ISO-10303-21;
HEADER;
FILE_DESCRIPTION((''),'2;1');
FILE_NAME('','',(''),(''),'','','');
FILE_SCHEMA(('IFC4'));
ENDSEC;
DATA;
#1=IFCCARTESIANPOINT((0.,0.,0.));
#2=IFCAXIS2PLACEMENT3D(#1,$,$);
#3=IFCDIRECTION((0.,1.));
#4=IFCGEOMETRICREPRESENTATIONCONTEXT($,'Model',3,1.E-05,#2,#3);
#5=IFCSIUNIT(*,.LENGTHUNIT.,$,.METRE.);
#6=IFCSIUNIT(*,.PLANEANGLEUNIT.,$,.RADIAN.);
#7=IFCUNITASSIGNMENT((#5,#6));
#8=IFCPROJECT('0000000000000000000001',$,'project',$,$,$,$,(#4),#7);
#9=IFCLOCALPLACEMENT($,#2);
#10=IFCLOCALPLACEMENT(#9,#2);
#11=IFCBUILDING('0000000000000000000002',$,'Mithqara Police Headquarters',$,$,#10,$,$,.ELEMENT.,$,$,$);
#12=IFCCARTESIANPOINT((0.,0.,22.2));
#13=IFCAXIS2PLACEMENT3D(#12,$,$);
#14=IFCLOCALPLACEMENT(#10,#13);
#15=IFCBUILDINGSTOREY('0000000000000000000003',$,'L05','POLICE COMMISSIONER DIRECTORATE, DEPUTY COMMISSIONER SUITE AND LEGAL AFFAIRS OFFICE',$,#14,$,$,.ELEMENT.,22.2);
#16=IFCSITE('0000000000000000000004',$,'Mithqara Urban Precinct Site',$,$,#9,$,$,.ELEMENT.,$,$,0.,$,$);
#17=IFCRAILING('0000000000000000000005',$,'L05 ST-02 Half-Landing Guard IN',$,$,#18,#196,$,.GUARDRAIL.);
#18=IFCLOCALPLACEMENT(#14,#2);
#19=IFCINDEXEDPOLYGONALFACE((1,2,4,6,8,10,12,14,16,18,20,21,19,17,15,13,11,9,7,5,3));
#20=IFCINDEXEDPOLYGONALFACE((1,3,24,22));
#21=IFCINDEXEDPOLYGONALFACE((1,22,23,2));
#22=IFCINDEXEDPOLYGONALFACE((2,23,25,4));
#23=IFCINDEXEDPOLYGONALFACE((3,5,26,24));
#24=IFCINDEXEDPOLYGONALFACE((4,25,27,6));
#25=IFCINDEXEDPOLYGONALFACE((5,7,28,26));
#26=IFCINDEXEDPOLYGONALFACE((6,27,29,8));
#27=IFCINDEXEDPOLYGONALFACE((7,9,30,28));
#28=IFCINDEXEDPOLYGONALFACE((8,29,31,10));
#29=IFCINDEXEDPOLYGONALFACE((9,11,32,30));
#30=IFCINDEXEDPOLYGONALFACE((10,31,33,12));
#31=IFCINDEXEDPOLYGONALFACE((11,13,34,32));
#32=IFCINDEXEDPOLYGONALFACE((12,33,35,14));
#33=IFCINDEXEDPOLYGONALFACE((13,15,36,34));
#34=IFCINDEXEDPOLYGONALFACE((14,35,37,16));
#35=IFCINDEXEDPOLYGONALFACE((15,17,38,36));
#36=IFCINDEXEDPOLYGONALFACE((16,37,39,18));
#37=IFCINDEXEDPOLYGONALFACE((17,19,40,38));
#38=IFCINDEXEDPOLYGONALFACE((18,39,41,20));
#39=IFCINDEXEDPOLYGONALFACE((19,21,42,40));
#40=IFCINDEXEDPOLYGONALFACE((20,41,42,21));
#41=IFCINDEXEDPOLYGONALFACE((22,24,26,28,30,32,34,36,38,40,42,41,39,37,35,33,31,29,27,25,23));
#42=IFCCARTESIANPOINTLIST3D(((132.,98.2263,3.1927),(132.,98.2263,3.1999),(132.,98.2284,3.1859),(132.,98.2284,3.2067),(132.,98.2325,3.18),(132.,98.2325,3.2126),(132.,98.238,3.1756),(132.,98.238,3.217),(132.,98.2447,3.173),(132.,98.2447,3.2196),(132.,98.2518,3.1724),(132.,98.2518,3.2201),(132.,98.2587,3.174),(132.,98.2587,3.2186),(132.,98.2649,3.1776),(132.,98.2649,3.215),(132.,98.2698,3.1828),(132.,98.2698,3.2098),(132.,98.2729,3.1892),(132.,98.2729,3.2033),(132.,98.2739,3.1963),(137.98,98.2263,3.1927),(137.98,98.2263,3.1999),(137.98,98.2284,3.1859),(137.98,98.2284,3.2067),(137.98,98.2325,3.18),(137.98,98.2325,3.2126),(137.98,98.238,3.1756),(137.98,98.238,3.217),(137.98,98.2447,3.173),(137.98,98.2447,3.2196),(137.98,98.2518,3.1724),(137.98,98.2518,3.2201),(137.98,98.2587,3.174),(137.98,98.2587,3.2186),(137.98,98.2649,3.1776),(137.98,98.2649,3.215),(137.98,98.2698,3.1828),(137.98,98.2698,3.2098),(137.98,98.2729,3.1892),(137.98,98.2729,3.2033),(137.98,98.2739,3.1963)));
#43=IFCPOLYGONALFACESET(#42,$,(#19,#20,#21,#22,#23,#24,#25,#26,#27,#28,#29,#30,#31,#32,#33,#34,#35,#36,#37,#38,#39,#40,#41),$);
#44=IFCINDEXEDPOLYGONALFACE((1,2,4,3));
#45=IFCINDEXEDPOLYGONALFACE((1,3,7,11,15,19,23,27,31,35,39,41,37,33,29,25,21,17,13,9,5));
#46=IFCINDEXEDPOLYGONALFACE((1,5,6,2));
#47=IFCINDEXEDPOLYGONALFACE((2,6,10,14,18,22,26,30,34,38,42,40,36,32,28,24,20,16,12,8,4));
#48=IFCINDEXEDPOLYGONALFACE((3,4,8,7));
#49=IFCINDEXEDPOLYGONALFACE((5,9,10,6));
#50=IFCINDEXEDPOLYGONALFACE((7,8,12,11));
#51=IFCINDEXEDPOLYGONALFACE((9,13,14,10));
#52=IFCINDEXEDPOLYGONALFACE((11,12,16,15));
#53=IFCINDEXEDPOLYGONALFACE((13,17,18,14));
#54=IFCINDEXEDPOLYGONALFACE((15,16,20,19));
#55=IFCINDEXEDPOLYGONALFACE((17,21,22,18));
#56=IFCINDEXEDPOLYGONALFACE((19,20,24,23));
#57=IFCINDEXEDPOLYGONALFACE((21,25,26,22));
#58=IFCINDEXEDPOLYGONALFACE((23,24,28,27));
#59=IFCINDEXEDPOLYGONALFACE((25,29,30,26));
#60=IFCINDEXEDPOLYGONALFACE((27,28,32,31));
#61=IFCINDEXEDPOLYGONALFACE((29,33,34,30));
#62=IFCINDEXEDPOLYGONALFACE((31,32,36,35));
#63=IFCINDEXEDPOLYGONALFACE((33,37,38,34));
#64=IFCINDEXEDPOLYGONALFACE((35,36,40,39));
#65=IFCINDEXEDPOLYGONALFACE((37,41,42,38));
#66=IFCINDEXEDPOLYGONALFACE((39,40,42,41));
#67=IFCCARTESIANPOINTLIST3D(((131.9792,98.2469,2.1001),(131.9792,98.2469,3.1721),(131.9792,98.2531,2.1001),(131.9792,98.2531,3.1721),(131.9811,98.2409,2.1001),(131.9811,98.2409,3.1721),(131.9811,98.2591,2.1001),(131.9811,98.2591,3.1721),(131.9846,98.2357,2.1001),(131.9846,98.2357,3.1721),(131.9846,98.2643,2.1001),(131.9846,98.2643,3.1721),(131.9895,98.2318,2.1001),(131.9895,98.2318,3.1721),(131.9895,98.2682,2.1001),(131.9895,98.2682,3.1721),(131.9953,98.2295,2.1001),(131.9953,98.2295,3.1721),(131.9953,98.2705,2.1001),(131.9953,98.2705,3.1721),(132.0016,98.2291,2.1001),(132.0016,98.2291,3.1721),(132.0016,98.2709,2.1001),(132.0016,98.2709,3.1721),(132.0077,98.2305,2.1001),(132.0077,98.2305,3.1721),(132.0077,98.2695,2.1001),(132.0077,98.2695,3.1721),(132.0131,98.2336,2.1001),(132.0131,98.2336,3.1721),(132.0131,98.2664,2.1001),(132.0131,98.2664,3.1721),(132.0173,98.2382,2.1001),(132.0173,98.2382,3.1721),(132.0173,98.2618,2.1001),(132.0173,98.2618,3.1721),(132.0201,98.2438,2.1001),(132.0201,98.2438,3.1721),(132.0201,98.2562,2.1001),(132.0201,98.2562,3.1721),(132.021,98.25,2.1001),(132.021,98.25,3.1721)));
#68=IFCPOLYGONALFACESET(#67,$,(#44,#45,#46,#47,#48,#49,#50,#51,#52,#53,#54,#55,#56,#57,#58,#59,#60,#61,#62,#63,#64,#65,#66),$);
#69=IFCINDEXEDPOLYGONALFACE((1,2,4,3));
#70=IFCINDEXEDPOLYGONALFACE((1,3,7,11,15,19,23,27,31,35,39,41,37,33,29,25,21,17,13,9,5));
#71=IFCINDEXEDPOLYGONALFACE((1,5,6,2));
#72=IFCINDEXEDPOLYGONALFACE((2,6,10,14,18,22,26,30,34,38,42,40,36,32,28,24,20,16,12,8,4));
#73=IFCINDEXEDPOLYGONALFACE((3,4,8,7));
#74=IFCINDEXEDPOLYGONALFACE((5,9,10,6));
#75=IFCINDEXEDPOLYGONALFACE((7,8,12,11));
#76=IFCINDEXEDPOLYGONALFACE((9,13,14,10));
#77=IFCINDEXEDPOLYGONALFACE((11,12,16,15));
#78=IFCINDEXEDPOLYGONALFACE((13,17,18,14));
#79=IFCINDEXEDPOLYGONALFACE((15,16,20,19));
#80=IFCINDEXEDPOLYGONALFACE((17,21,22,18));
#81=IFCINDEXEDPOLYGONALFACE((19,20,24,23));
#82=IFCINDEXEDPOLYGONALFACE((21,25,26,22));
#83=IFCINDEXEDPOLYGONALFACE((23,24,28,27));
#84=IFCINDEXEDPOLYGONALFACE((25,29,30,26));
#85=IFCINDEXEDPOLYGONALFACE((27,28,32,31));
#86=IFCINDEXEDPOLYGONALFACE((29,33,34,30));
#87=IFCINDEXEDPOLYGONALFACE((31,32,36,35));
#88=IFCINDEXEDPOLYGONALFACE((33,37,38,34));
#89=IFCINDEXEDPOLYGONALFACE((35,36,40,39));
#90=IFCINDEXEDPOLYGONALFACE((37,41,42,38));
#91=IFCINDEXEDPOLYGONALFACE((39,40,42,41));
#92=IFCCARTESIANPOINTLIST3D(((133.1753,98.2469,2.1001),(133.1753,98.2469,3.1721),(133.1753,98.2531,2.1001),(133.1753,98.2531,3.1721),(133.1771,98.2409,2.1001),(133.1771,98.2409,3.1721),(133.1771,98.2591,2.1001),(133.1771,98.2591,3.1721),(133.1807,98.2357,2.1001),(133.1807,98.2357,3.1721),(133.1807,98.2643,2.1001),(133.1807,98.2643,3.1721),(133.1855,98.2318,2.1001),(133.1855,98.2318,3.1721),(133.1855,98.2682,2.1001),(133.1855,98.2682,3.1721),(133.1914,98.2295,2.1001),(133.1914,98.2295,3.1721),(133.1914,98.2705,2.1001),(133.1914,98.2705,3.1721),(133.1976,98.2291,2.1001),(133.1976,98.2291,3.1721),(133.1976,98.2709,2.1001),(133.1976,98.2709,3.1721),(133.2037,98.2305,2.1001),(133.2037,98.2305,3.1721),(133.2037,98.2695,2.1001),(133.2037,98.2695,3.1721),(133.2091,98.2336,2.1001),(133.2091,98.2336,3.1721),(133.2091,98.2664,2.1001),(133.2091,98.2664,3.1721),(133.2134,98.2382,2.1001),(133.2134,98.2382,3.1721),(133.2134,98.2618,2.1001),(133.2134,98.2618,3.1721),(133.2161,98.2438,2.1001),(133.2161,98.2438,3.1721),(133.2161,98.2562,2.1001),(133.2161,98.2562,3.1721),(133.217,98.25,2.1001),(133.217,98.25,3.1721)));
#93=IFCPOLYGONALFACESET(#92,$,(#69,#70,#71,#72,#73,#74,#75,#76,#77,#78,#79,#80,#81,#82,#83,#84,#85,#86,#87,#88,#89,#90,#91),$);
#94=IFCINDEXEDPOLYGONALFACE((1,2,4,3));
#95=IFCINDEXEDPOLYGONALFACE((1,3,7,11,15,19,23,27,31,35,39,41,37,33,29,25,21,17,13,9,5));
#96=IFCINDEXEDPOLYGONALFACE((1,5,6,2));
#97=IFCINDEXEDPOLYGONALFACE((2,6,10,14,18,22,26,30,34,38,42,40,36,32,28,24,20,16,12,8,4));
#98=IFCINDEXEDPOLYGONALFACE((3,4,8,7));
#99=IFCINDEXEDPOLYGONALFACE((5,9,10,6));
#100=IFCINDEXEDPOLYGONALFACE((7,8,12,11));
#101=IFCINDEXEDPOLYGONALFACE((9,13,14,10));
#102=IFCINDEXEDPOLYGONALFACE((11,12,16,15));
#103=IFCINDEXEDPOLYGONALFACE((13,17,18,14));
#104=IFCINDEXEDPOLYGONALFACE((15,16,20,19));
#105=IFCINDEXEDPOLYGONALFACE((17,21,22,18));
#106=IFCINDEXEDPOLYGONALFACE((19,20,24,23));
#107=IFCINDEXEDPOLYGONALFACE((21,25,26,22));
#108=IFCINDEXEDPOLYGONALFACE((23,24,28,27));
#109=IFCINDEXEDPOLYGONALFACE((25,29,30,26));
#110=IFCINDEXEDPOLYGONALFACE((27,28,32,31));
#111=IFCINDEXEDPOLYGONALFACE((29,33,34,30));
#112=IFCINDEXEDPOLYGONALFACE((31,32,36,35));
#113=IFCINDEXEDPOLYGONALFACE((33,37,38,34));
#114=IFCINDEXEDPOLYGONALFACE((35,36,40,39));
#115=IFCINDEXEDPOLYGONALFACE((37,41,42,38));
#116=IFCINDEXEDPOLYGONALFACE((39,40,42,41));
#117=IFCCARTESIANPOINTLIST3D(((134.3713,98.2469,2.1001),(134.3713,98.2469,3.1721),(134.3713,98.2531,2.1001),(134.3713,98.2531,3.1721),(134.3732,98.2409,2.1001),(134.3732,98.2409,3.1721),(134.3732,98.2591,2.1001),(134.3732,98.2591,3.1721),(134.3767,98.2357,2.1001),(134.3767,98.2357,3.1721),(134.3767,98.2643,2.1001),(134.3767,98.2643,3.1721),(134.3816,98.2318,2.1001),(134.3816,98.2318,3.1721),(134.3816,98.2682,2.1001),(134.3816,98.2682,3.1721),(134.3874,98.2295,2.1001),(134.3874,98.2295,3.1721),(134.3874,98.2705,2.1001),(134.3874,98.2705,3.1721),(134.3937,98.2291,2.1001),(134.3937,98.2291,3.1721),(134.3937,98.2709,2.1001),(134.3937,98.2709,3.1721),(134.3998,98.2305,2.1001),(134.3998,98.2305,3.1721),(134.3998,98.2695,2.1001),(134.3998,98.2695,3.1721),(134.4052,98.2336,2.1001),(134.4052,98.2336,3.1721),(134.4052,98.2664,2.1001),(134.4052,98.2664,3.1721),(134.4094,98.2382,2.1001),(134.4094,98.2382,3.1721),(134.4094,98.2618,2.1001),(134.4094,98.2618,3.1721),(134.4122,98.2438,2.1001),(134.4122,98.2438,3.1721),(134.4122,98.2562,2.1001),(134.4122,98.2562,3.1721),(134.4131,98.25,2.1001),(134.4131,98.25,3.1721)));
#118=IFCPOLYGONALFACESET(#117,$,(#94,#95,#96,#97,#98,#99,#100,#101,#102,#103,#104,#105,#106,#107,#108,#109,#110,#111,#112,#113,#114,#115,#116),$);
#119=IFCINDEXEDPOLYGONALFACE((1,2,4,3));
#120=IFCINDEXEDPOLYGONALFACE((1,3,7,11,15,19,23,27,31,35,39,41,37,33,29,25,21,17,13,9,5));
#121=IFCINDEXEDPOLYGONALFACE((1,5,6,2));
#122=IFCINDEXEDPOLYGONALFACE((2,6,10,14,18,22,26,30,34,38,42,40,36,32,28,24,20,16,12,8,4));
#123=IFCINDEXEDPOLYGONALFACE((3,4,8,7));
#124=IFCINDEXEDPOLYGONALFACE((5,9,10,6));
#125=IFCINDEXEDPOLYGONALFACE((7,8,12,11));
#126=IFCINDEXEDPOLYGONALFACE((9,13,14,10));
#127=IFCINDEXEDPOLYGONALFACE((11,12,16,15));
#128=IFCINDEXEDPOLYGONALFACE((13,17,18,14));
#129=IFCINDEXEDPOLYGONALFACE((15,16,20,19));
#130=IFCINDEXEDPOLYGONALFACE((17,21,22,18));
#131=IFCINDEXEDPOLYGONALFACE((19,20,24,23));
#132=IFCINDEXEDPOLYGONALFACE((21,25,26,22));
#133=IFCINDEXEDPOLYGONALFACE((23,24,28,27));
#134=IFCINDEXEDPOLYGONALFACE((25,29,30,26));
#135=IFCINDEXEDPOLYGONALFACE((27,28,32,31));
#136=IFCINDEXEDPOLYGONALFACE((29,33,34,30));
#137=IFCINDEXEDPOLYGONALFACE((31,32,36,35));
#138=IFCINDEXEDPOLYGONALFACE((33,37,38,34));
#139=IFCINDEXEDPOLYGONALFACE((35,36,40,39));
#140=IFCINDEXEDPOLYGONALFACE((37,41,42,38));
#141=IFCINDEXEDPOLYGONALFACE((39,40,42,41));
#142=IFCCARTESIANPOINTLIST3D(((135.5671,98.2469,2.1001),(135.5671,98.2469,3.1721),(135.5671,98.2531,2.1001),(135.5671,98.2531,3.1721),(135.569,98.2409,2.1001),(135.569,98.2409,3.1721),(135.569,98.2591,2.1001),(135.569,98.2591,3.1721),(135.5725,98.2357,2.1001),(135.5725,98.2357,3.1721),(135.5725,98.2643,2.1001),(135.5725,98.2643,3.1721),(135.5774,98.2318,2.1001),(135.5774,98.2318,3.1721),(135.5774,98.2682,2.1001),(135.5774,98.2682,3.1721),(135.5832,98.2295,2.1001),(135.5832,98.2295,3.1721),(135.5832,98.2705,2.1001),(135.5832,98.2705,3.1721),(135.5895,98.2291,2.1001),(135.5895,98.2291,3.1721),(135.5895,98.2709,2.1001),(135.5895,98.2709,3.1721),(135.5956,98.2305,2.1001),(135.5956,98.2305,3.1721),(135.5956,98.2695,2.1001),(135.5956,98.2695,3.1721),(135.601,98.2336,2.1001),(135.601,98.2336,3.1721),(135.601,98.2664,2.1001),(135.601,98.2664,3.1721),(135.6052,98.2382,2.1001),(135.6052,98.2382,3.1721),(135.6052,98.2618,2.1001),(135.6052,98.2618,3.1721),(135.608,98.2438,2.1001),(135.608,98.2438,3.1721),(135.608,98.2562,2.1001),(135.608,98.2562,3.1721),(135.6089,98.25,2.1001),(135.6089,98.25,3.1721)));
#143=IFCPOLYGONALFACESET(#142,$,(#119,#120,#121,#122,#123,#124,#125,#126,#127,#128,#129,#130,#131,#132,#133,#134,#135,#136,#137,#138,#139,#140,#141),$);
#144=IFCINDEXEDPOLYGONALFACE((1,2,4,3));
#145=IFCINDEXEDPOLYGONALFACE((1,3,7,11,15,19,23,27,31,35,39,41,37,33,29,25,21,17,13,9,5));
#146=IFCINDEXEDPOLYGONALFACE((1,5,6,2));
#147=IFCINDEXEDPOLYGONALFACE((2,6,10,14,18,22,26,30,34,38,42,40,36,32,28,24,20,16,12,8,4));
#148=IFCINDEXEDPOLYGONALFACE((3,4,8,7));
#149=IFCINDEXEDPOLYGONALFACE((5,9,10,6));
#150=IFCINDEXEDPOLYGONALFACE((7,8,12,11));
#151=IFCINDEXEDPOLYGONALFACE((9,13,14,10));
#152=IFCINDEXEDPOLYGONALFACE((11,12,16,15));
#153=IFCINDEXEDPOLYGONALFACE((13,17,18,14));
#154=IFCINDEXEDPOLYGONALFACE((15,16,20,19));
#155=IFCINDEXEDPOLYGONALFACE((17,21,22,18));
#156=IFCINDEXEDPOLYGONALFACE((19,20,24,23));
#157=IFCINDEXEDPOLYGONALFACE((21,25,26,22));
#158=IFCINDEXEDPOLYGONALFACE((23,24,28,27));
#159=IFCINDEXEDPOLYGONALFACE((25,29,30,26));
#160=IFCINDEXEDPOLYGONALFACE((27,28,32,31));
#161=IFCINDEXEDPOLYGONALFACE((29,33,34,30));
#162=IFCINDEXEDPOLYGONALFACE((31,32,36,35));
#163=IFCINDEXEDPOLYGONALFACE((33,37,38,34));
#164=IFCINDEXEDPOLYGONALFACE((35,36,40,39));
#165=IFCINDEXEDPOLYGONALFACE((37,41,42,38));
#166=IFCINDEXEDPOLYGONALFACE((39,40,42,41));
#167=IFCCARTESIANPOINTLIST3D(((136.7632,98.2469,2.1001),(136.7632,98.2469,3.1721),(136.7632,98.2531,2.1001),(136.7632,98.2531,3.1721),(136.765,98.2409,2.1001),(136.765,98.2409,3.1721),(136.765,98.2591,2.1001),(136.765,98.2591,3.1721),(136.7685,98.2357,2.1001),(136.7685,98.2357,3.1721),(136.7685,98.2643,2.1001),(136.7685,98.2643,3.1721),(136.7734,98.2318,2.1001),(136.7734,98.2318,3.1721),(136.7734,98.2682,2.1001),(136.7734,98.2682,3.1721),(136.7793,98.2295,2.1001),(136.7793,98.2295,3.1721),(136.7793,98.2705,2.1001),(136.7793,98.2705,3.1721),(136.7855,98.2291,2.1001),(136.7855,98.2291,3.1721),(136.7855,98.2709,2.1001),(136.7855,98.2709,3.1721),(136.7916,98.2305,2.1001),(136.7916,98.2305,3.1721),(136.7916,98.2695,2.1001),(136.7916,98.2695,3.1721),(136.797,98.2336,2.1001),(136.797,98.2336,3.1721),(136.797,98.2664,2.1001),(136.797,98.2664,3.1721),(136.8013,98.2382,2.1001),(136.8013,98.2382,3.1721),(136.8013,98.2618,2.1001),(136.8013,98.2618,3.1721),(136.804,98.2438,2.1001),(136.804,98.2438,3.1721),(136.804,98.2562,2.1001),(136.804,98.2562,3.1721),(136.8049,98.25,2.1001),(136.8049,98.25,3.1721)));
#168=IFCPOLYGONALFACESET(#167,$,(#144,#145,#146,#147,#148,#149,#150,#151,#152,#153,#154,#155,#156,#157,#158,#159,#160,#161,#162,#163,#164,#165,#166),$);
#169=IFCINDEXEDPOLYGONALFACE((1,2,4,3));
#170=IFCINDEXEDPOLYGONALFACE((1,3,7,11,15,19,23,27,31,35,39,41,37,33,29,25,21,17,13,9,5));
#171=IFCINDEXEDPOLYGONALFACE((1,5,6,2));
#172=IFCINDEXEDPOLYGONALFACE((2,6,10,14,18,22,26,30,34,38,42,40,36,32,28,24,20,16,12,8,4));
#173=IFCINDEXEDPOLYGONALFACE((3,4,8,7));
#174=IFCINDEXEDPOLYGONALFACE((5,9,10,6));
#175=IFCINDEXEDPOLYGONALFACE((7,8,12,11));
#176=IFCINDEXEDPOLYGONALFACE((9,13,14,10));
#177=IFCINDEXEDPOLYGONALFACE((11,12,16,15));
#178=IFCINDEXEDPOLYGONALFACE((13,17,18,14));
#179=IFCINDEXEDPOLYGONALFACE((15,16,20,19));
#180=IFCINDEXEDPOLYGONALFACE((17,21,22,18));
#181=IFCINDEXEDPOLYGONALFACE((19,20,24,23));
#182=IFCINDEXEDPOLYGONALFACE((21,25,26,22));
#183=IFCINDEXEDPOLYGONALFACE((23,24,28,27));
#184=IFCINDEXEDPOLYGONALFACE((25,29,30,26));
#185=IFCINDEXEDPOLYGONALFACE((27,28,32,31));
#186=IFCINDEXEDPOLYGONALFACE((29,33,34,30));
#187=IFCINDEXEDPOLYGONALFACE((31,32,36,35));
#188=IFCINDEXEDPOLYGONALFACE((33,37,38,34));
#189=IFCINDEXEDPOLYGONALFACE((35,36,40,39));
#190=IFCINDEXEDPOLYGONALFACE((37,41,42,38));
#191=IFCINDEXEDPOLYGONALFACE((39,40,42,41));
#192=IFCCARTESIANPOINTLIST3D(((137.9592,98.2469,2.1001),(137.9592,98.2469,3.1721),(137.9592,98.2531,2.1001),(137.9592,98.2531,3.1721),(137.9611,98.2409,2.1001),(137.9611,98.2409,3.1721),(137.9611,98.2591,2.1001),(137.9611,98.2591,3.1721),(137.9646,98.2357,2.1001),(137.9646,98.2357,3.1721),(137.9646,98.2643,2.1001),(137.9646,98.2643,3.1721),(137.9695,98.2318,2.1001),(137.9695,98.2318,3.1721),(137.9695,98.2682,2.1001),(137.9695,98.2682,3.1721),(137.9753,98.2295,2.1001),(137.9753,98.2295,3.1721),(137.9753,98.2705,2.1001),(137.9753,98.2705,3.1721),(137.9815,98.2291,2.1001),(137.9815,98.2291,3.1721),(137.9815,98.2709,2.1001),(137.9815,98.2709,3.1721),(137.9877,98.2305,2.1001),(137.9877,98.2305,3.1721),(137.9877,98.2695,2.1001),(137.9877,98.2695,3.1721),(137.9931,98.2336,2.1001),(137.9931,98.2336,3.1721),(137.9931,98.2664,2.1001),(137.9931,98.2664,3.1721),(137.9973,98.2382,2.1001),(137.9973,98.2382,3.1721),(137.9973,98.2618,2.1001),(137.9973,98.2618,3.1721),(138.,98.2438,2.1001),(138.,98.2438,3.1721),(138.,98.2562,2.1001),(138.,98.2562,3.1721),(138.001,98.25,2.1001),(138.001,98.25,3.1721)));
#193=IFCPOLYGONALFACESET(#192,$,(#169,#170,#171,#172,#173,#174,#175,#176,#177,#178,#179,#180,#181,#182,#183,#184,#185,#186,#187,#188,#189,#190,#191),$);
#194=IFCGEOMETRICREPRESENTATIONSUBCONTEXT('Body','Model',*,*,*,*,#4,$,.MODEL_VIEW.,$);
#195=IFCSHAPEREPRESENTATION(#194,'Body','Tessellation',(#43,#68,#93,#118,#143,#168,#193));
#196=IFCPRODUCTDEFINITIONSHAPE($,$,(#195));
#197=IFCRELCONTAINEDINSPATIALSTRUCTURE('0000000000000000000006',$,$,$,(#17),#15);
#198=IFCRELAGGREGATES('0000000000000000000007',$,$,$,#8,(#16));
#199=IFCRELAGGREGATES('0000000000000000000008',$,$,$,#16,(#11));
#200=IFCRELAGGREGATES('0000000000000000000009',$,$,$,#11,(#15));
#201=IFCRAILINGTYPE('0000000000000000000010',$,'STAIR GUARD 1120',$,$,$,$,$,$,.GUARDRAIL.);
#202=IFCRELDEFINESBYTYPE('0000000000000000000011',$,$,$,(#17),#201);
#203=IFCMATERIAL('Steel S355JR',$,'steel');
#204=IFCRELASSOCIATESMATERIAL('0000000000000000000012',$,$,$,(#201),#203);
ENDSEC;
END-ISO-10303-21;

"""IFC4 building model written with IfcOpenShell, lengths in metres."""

from ifc_helpers import new_model, si_unit, direction, frame, origin, origin_2d, place, context, subcontext, project, spatial, circle, extrude, material, type_object, element, save


model = new_model("IFC4")

# Units and contexts
model_context = context("Model", 3, precision=1e-05, world=origin(), true_north=direction((0.0, 1.0)))
body_context = subcontext(model_context, "Body", "Model", "MODEL_VIEW")
ifc_project = project(units=[si_unit("LENGTHUNIT", "METRE"), si_unit("PLANEANGLEUNIT", "RADIAN")], contexts=[model_context])

# Site, building, storey
site_placement = place(None, origin())
site = spatial("IfcSite", under=ifc_project, at=site_placement, Name="Mithqara Urban Precinct Site", CompositionType="ELEMENT", RefElevation=0.0)
building_placement = place(site_placement, origin())
building = spatial("IfcBuilding", under=site, at=building_placement, Name="Mithqara Police Headquarters", CompositionType="ELEMENT")
storey_placement = place(building_placement, frame((0.0, 0.0, 22.2)))
storey = spatial("IfcBuildingStorey", under=building, at=storey_placement, Name="L05", Description="POLICE COMMISSIONER DIRECTORATE, DEPUTY COMMISSIONER SUITE AND LEGAL AFFAIRS OFFICE", CompositionType="ELEMENT", Elevation=22.2)

# Shared definitions
ifc_material_1 = material(Name="Steel S355JR", Category="steel")

# Railing
railing_type_1 = type_object("IfcRailingType", Name="STAIR GUARD 1120", PredefinedType="GUARDRAIL", material=ifc_material_1)
for number, where, name in (
    (1, (132.0, 98.25, 2.1001), "L05 ST-02 Half-Landing Guard IN"),
):
    element("IfcRailing", number, at=place(storey_placement, frame(where)), inside=storey, type_object=railing_type_1, Name=name, PredefinedType="GUARDRAIL", context=body_context, shape_type="SweptSolid", body=[
        extrude(circle(Radius=0.0239, at=origin_2d()), frame((0.0, 0.0, 1.0962), z_axis=(1.0, 0.0, 0.0), x_axis=(0.0, 1.0, 0.0)), (0.0, 0.0, 1.0), 5.98),
        extrude(circle(Radius=0.021, at=origin_2d()), origin(), (0.0, 0.0, 1.0), 1.072),
        extrude(circle(Radius=0.021, at=origin_2d()), frame((1.196, 0.0, 0.0)), (0.0, 0.0, 1.0), 1.072),
        extrude(circle(Radius=0.021, at=origin_2d()), frame((2.3921, 0.0, 0.0)), (0.0, 0.0, 1.0), 1.072),
        extrude(circle(Radius=0.021, at=origin_2d()), frame((3.5879, 0.0, 0.0)), (0.0, 0.0, 1.0), 1.072),
        extrude(circle(Radius=0.021, at=origin_2d()), frame((4.7839, 0.0, 0.0)), (0.0, 0.0, 1.0), 1.072),
        extrude(circle(Radius=0.021, at=origin_2d()), frame((5.98, 0.0, 0.0)), (0.0, 0.0, 1.0), 1.072),
    ])

save(model, "model.ifc")
